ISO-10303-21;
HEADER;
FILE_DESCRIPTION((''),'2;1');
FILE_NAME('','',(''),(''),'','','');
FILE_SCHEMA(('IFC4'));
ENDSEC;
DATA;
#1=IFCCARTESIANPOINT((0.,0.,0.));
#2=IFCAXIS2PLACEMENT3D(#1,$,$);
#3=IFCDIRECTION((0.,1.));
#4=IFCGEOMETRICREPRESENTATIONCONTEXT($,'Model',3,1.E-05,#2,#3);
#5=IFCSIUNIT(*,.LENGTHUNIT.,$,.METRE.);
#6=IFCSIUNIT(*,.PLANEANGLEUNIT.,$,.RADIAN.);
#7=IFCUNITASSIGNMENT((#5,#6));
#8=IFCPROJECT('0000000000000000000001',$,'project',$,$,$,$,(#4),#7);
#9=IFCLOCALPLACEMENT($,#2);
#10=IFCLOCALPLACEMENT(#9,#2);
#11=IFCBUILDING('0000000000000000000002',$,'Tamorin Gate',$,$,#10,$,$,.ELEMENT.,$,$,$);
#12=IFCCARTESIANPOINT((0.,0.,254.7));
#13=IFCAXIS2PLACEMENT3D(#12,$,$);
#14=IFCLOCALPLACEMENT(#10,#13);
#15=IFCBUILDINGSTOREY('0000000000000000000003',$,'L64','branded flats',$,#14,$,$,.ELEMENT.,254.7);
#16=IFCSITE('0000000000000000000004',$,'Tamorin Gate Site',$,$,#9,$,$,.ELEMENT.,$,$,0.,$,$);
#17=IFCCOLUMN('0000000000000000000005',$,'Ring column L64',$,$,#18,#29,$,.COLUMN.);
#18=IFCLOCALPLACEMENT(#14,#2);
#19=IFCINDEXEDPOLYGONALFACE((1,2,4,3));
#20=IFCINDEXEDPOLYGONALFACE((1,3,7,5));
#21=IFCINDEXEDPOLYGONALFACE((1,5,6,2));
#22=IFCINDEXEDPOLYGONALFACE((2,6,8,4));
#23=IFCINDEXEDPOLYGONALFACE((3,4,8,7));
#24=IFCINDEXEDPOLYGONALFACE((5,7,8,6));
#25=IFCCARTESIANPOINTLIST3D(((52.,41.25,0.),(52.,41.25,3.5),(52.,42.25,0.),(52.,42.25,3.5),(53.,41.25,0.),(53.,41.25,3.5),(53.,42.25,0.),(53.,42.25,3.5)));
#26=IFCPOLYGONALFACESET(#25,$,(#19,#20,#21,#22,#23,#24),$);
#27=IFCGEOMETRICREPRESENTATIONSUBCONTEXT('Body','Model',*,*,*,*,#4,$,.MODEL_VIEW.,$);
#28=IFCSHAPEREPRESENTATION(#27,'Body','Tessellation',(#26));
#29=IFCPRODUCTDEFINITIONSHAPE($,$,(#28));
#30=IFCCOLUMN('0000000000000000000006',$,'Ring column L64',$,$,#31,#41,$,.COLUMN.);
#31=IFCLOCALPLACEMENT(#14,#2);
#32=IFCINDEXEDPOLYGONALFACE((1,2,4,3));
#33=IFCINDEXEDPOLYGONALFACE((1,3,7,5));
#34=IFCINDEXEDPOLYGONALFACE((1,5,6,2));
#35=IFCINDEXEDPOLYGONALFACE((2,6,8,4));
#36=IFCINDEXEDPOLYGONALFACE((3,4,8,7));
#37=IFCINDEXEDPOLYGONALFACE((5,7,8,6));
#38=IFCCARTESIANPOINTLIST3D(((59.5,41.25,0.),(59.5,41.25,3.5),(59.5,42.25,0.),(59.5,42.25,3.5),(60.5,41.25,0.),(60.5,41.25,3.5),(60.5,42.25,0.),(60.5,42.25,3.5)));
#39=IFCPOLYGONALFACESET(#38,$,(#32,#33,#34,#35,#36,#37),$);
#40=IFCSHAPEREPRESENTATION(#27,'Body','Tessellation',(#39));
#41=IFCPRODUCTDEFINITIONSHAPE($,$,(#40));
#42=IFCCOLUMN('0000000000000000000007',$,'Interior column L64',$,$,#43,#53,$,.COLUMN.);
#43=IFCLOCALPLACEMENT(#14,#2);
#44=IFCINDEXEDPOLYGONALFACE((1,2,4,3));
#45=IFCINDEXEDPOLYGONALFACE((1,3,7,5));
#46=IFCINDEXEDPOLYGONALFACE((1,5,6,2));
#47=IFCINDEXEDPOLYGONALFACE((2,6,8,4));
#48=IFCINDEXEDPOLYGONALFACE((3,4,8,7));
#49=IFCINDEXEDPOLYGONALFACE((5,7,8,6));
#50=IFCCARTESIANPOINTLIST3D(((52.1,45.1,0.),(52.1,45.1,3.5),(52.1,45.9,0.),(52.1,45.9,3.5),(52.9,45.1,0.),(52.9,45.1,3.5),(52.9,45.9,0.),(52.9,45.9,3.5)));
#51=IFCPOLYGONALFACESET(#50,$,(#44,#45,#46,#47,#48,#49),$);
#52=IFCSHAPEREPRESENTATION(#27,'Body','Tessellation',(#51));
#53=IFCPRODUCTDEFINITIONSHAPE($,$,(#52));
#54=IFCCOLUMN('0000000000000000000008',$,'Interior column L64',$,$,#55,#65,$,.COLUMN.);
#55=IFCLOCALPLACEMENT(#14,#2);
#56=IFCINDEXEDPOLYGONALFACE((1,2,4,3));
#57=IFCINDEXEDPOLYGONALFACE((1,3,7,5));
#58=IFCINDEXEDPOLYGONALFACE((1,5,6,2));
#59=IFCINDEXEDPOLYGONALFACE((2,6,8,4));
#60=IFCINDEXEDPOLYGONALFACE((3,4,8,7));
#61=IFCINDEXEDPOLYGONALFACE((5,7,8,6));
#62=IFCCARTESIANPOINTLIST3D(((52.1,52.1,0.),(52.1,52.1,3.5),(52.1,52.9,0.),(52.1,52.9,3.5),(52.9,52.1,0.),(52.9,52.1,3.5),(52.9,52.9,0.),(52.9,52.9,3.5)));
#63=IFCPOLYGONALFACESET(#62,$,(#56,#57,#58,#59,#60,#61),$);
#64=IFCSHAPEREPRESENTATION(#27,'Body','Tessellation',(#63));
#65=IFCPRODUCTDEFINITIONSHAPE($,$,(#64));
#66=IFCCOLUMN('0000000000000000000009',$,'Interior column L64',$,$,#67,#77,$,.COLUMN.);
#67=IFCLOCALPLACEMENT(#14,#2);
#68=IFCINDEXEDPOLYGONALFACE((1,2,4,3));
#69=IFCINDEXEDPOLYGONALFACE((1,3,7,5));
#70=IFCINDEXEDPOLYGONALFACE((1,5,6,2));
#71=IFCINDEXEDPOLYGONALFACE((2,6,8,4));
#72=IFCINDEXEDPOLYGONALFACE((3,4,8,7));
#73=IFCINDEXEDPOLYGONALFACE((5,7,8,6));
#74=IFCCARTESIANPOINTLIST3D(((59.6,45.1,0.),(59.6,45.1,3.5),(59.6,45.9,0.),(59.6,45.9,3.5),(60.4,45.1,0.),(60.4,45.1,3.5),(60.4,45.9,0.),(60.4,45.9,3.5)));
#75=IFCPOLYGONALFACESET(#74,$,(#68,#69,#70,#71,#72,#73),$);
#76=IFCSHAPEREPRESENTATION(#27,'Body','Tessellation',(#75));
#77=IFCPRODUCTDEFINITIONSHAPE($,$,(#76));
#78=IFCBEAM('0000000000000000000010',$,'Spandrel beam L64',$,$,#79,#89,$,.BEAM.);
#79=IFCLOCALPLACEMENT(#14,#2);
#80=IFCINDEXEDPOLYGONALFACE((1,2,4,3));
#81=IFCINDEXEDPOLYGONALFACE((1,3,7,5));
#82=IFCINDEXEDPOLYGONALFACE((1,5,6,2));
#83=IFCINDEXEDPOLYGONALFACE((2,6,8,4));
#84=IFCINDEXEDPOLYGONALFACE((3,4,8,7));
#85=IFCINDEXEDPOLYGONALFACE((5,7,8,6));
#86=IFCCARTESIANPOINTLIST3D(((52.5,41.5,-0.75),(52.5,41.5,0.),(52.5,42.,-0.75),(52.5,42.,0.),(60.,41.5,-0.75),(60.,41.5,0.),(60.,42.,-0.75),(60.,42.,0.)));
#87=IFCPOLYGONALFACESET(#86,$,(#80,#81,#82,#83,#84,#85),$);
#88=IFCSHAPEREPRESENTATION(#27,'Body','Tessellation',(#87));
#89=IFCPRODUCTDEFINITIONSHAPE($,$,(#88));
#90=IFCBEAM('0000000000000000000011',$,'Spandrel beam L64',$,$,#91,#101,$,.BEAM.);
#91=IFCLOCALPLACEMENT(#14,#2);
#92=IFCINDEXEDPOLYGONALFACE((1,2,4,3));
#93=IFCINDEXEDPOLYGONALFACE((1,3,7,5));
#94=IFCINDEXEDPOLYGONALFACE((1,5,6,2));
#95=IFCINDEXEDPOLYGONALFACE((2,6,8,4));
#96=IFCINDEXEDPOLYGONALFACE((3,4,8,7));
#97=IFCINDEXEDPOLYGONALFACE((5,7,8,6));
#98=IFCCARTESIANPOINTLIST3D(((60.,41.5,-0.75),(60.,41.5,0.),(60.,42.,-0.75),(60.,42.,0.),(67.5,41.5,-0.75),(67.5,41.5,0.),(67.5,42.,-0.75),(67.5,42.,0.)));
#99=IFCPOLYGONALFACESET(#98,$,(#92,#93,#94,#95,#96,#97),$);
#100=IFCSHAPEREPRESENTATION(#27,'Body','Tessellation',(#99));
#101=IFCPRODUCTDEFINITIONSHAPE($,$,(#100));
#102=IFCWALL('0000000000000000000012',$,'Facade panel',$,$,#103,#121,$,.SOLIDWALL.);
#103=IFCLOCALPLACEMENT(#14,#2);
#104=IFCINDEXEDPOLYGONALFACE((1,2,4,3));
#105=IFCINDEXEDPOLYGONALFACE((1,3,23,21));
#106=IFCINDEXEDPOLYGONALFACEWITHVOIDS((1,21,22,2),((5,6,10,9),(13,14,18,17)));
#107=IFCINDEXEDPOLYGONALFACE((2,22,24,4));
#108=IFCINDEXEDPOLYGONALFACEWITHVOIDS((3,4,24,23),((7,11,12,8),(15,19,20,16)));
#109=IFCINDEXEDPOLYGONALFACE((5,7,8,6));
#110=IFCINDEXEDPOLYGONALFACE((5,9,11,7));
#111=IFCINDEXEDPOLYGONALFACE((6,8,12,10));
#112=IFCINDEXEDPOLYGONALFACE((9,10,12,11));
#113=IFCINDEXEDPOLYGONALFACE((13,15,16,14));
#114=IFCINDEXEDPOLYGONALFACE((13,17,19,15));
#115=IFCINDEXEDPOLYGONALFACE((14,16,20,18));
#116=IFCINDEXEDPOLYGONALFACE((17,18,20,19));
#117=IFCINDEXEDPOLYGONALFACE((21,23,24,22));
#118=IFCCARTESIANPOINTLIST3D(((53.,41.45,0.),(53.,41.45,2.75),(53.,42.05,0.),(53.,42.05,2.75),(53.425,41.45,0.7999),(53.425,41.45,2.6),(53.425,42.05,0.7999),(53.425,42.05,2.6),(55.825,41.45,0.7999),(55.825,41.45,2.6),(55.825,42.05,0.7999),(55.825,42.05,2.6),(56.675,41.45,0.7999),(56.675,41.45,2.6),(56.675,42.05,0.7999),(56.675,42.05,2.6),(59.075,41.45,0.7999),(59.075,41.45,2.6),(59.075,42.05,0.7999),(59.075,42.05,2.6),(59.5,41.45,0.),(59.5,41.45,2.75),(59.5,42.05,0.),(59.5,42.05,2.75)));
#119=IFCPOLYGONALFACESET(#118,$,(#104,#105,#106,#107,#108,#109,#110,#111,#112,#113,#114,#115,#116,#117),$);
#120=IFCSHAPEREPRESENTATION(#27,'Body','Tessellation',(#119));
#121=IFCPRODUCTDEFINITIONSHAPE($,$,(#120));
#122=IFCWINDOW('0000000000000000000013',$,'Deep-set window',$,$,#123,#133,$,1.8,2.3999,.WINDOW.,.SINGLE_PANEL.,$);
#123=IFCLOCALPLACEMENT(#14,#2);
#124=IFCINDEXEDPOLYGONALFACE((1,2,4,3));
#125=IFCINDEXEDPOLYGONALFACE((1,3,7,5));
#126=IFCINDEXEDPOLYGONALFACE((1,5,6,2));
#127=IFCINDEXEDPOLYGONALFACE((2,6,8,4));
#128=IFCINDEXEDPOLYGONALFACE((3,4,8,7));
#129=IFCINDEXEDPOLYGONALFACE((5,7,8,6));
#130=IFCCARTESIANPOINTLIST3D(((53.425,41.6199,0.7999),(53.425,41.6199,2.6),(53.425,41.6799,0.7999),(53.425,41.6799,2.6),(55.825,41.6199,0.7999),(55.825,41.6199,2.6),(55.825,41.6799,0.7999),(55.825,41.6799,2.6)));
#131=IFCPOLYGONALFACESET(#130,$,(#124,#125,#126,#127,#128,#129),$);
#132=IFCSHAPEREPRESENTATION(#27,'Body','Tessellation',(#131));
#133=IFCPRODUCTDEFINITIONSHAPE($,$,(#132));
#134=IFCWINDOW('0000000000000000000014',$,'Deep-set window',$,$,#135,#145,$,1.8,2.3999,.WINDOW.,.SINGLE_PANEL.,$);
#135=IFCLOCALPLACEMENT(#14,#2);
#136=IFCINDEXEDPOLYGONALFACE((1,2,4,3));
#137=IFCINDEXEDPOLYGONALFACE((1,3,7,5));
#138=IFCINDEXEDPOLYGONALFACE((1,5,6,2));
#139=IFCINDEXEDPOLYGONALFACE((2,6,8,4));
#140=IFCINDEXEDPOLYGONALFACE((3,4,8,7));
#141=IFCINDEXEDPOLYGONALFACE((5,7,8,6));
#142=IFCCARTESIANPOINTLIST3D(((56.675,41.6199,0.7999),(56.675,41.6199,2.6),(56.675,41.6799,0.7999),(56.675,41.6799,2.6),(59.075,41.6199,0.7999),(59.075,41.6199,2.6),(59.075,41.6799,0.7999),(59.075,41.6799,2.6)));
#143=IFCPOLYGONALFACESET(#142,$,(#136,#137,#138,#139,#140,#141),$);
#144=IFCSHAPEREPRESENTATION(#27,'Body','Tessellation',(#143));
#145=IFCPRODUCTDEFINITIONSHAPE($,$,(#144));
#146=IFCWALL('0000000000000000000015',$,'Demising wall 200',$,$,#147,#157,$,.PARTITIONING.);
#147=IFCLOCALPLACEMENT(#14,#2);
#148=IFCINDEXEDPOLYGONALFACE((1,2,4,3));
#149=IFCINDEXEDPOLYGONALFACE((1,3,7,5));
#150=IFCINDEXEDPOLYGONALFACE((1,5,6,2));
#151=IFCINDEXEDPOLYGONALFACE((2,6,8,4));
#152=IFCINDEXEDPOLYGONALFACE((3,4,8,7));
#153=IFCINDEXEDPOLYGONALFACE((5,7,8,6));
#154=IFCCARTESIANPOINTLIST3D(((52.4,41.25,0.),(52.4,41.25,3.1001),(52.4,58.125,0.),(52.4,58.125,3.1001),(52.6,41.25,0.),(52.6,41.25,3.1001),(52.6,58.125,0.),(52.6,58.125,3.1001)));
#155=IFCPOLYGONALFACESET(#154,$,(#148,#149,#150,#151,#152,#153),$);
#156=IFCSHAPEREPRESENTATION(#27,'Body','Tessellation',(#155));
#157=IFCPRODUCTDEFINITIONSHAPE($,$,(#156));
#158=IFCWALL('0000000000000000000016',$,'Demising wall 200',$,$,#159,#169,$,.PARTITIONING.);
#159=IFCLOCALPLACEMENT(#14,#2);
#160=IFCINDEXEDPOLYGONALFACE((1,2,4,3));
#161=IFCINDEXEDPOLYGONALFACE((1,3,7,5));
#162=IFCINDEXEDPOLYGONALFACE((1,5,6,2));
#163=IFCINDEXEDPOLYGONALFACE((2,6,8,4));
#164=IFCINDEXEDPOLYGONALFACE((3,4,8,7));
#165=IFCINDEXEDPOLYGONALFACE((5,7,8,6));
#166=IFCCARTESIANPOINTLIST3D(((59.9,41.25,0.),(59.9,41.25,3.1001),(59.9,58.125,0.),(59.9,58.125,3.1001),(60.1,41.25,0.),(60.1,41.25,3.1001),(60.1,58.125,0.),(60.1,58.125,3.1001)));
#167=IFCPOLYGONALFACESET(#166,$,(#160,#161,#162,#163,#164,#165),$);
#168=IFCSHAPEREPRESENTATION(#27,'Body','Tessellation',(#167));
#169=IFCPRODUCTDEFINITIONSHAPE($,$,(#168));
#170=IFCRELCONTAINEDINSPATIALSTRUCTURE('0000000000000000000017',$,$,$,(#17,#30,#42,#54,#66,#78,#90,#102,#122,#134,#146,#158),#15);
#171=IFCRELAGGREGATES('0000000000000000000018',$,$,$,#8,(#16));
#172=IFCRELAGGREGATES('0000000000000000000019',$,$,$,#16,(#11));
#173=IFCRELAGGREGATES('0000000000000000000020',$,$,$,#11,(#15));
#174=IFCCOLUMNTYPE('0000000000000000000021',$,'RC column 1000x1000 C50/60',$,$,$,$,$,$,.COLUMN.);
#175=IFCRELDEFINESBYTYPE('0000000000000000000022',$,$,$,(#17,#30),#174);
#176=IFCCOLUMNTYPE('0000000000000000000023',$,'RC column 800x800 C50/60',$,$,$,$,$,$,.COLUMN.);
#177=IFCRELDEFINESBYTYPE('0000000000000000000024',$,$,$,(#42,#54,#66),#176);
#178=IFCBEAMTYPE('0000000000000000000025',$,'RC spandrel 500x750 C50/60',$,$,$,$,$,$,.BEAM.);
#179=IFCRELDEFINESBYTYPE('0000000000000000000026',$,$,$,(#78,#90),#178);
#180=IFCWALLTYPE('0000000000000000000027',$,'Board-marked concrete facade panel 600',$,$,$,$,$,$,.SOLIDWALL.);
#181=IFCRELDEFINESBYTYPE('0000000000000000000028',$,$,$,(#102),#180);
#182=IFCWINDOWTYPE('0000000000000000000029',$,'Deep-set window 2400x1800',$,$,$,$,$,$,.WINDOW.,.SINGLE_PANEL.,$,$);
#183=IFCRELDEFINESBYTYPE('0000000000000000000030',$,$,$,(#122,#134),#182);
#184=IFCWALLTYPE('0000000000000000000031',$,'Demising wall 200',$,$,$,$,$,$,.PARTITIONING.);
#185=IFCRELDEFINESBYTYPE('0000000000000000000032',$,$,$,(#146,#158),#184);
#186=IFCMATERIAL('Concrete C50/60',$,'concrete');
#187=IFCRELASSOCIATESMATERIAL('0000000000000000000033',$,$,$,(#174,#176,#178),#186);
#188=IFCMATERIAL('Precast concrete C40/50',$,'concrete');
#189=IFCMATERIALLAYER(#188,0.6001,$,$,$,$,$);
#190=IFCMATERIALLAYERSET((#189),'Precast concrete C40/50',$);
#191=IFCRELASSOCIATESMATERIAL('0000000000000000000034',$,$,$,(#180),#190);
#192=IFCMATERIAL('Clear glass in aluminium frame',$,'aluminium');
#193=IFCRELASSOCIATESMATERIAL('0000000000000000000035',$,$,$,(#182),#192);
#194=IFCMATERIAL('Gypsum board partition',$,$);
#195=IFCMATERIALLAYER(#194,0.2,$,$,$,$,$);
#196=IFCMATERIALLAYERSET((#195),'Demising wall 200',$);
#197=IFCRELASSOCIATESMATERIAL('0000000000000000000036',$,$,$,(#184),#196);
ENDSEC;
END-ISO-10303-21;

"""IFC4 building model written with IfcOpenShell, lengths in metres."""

from ifc_helpers import new_model, si_unit, direction, frame, frame_2d, origin, origin_2d, place, context, subcontext, project, spatial, rectangle, extrude, material, layer, layer_set, material_profile, profile_set, type_object, element, fill, save


model = new_model("IFC4")

# Units and contexts
model_context = context("Model", 3, precision=1e-05, world=origin(), true_north=direction((0.0, 1.0)))
body_context = subcontext(model_context, "Body", "Model", "MODEL_VIEW")
ifc_project = project(units=[si_unit("LENGTHUNIT", "METRE"), si_unit("PLANEANGLEUNIT", "RADIAN")], contexts=[model_context])

# Site, building, storey
site_placement = place(None, origin())
site = spatial("IfcSite", under=ifc_project, at=site_placement, Name="Tamorin Gate Site", CompositionType="ELEMENT", RefElevation=0.0)
building_placement = place(site_placement, origin())
building = spatial("IfcBuilding", under=site, at=building_placement, Name="Tamorin Gate", CompositionType="ELEMENT")
storey_placement = place(building_placement, frame((0.0, 0.0, 254.7)))
storey = spatial("IfcBuildingStorey", under=building, at=storey_placement, Name="L64", Description="branded flats", CompositionType="ELEMENT", Elevation=254.7)

# Columns
ifc_material_1 = material(Name="Concrete C50/60", Category="concrete")
ifc_material_profile_1 = material_profile(ifc_material_1, rectangle(XDim=1.0, YDim=1.0, at=origin_2d()), Name="RC 1000x1000")
ifc_profile_set_1 = profile_set([ifc_material_profile_1], Name="Concrete C50/60")
column_type_1 = type_object("IfcColumnType", Name="RC column 1000x1000 C50/60", PredefinedType="COLUMN", material=ifc_profile_set_1)
for number, where, z_axis, x_axis, name in (
    (1, (52.5, 41.75, 0.0), (0.0, 0.0, 1.0), (1.0, 0.0, 0.0), "Ring column L64"),
    (2, (60.0, 41.75, 0.0), (0.0, 0.0, 1.0), (1.0, 0.0, 0.0), "Ring column L64"),
):
    element("IfcColumn", number, at=place(storey_placement, frame(where, z_axis=z_axis, x_axis=x_axis)), inside=storey, type_object=column_type_1, Name=name, PredefinedType="COLUMN", context=body_context, shape_type="SweptSolid", body=[
        extrude(rectangle(XDim=1.0, YDim=1.0, at=origin_2d()), origin(), (0.0, 0.0, 1.0), 3.5),
    ])
ifc_material_profile_2 = material_profile(ifc_material_1, rectangle(XDim=0.8, YDim=0.8, at=origin_2d()), Name="RC 800x800")
ifc_profile_set_2 = profile_set([ifc_material_profile_2], Name="Concrete C50/60")
column_type_2 = type_object("IfcColumnType", Name="RC column 800x800 C50/60", PredefinedType="COLUMN", material=ifc_profile_set_2)
for number, where, z_axis, x_axis, name in (
    (3, (52.5, 45.5, 0.0), (0.0, 0.0, 1.0), (1.0, 0.0, 0.0), "Interior column L64"),
    (4, (52.5, 52.5, 0.0), (0.0, 0.0, 1.0), (1.0, 0.0, 0.0), "Interior column L64"),
    (5, (60.0, 45.5, 0.0), (0.0, 0.0, 1.0), (1.0, 0.0, 0.0), "Interior column L64"),
):
    element("IfcColumn", number, at=place(storey_placement, frame(where, z_axis=z_axis, x_axis=x_axis)), inside=storey, type_object=column_type_2, Name=name, PredefinedType="COLUMN", context=body_context, shape_type="SweptSolid", body=[
        extrude(rectangle(XDim=0.8, YDim=0.8, at=origin_2d()), origin(), (0.0, 0.0, 1.0), 3.5),
    ])

# Beams
ifc_material_profile_3 = material_profile(ifc_material_1, rectangle(XDim=0.5, YDim=0.75, at=origin_2d()), Name="RC 500x750")
ifc_profile_set_3 = profile_set([ifc_material_profile_3], Name="Concrete C50/60")
beam_type = type_object("IfcBeamType", Name="RC spandrel 500x750 C50/60", PredefinedType="BEAM", material=ifc_profile_set_3)
for number, where, z_axis, x_axis, name in (
    (6, (52.5, 41.75, -0.375), (1.0, 0.0, 0.0), (0.0, 1.0, 0.0), "Spandrel beam L64"),
    (7, (60.0, 41.75, -0.375), (1.0, 0.0, 0.0), (0.0, 1.0, 0.0), "Spandrel beam L64"),
):
    element("IfcBeam", number, at=place(storey_placement, frame(where, z_axis=z_axis, x_axis=x_axis)), inside=storey, type_object=beam_type, Name=name, PredefinedType="BEAM", context=body_context, shape_type="SweptSolid", body=[
        extrude(rectangle(XDim=0.5, YDim=0.75, at=origin_2d()), origin(), (0.0, 0.0, 1.0), 7.5),
    ])

# Wall, openings, windows
ifc_material_2 = material(Name="Precast concrete C40/50", Category="concrete")
ifc_layer_1 = layer(ifc_material_2, 0.6001)
ifc_layer_set_1 = layer_set([ifc_layer_1], Name="Precast concrete C40/50")
wall_type_1 = type_object("IfcWallType", Name="Board-marked concrete facade panel 600", PredefinedType="SOLIDWALL", material=ifc_layer_set_1)
wall_1_placement = place(storey_placement, frame((53.0, 41.75, 0.0), z_axis=(0.0, 0.0, 1.0), x_axis=(1.0, 0.0, 0.0)))
wall_1 = element("IfcWall", 8, at=wall_1_placement, inside=storey, type_object=wall_type_1, Name="Facade panel", PredefinedType="SOLIDWALL", context=body_context, shape_type="SweptSolid", body=[
    extrude(rectangle(XDim=6.5, YDim=0.6001, at=frame_2d((3.25, 0.0))), origin(), (0.0, 0.0, 1.0), 2.75),
])
opening_1_placement = place(wall_1_placement, frame((0.425, 0.0, 0.8)))
opening_1 = element("IfcOpeningElement", 9, at=opening_1_placement, cuts=wall_1, PredefinedType="OPENING", context=body_context, shape_type="SweptSolid", body=[
    extrude(rectangle(XDim=2.3999, YDim=1.8, at=frame_2d((1.2, 0.8999))), frame((0.0, 0.3101, 0.0), z_axis=(0.0, -1.0, 0.0), x_axis=(1.0, 0.0, 0.0)), (0.0, 0.0, 1.0), 0.6201),
])
opening_2_placement = place(wall_1_placement, frame((3.675, 0.0, 0.8)))
opening_2 = element("IfcOpeningElement", 10, at=opening_2_placement, cuts=wall_1, PredefinedType="OPENING", context=body_context, shape_type="SweptSolid", body=[
    extrude(rectangle(XDim=2.3999, YDim=1.8, at=frame_2d((1.2, 0.8999))), frame((0.0, 0.3101, 0.0), z_axis=(0.0, -1.0, 0.0), x_axis=(1.0, 0.0, 0.0)), (0.0, 0.0, 1.0), 0.6201),
])
ifc_material_3 = material(Name="Clear glass in aluminium frame", Category="aluminium")
window_type = type_object("IfcWindowType", Name="Deep-set window 2400x1800", PartitioningType="SINGLE_PANEL", PredefinedType="WINDOW", material=ifc_material_3)
window_1_placement = place(opening_1_placement, origin())
window_1 = element("IfcWindow", 11, at=window_1_placement, inside=storey, type_object=window_type, Name="Deep-set window", OverallHeight=1.8, OverallWidth=2.3999, PartitioningType="SINGLE_PANEL", PredefinedType="WINDOW", context=body_context, shape_type="SweptSolid", body=[
    extrude(rectangle(XDim=2.3999, YDim=1.8, at=frame_2d((1.2, 0.8999))), frame((0.0, -0.0701, 0.0), z_axis=(0.0, -1.0, 0.0), x_axis=(1.0, 0.0, 0.0)), (0.0, 0.0, 1.0), 0.0601),
])
fill(opening_1, window_1)
window_2_placement = place(opening_2_placement, origin())
window_2 = element("IfcWindow", 12, at=window_2_placement, inside=storey, type_object=window_type, Name="Deep-set window", OverallHeight=1.8, OverallWidth=2.3999, PartitioningType="SINGLE_PANEL", PredefinedType="WINDOW", context=body_context, shape_type="SweptSolid", body=[
    extrude(rectangle(XDim=2.3999, YDim=1.8, at=frame_2d((1.2, 0.8999))), frame((0.0, -0.0701, 0.0), z_axis=(0.0, -1.0, 0.0), x_axis=(1.0, 0.0, 0.0)), (0.0, 0.0, 1.0), 0.0601),
])
fill(opening_2, window_2)

# Walls
ifc_material_4 = material(Name="Gypsum board partition")
ifc_layer_2 = layer(ifc_material_4, 0.2)
ifc_layer_set_2 = layer_set([ifc_layer_2], Name="Demising wall 200")
wall_type_2 = type_object("IfcWallType", Name="Demising wall 200", PredefinedType="PARTITIONING", material=ifc_layer_set_2)
for number, where, z_axis, x_axis, name in (
    (13, (52.5, 41.25, 0.0), (0.0, 0.0, 1.0), (0.0, 1.0, 0.0), "Demising wall 200"),
    (14, (60.0, 41.25, 0.0), (0.0, 0.0, 1.0), (0.0, 1.0, 0.0), "Demising wall 200"),
):
    element("IfcWall", number, at=place(storey_placement, frame(where, z_axis=z_axis, x_axis=x_axis)), inside=storey, type_object=wall_type_2, Name=name, PredefinedType="PARTITIONING", context=body_context, shape_type="SweptSolid", body=[
        extrude(rectangle(XDim=16.875, YDim=0.2, at=frame_2d((8.4375, 0.0))), origin(), (0.0, 0.0, 1.0), 3.1001),
    ])

save(model, "model.ifc")
